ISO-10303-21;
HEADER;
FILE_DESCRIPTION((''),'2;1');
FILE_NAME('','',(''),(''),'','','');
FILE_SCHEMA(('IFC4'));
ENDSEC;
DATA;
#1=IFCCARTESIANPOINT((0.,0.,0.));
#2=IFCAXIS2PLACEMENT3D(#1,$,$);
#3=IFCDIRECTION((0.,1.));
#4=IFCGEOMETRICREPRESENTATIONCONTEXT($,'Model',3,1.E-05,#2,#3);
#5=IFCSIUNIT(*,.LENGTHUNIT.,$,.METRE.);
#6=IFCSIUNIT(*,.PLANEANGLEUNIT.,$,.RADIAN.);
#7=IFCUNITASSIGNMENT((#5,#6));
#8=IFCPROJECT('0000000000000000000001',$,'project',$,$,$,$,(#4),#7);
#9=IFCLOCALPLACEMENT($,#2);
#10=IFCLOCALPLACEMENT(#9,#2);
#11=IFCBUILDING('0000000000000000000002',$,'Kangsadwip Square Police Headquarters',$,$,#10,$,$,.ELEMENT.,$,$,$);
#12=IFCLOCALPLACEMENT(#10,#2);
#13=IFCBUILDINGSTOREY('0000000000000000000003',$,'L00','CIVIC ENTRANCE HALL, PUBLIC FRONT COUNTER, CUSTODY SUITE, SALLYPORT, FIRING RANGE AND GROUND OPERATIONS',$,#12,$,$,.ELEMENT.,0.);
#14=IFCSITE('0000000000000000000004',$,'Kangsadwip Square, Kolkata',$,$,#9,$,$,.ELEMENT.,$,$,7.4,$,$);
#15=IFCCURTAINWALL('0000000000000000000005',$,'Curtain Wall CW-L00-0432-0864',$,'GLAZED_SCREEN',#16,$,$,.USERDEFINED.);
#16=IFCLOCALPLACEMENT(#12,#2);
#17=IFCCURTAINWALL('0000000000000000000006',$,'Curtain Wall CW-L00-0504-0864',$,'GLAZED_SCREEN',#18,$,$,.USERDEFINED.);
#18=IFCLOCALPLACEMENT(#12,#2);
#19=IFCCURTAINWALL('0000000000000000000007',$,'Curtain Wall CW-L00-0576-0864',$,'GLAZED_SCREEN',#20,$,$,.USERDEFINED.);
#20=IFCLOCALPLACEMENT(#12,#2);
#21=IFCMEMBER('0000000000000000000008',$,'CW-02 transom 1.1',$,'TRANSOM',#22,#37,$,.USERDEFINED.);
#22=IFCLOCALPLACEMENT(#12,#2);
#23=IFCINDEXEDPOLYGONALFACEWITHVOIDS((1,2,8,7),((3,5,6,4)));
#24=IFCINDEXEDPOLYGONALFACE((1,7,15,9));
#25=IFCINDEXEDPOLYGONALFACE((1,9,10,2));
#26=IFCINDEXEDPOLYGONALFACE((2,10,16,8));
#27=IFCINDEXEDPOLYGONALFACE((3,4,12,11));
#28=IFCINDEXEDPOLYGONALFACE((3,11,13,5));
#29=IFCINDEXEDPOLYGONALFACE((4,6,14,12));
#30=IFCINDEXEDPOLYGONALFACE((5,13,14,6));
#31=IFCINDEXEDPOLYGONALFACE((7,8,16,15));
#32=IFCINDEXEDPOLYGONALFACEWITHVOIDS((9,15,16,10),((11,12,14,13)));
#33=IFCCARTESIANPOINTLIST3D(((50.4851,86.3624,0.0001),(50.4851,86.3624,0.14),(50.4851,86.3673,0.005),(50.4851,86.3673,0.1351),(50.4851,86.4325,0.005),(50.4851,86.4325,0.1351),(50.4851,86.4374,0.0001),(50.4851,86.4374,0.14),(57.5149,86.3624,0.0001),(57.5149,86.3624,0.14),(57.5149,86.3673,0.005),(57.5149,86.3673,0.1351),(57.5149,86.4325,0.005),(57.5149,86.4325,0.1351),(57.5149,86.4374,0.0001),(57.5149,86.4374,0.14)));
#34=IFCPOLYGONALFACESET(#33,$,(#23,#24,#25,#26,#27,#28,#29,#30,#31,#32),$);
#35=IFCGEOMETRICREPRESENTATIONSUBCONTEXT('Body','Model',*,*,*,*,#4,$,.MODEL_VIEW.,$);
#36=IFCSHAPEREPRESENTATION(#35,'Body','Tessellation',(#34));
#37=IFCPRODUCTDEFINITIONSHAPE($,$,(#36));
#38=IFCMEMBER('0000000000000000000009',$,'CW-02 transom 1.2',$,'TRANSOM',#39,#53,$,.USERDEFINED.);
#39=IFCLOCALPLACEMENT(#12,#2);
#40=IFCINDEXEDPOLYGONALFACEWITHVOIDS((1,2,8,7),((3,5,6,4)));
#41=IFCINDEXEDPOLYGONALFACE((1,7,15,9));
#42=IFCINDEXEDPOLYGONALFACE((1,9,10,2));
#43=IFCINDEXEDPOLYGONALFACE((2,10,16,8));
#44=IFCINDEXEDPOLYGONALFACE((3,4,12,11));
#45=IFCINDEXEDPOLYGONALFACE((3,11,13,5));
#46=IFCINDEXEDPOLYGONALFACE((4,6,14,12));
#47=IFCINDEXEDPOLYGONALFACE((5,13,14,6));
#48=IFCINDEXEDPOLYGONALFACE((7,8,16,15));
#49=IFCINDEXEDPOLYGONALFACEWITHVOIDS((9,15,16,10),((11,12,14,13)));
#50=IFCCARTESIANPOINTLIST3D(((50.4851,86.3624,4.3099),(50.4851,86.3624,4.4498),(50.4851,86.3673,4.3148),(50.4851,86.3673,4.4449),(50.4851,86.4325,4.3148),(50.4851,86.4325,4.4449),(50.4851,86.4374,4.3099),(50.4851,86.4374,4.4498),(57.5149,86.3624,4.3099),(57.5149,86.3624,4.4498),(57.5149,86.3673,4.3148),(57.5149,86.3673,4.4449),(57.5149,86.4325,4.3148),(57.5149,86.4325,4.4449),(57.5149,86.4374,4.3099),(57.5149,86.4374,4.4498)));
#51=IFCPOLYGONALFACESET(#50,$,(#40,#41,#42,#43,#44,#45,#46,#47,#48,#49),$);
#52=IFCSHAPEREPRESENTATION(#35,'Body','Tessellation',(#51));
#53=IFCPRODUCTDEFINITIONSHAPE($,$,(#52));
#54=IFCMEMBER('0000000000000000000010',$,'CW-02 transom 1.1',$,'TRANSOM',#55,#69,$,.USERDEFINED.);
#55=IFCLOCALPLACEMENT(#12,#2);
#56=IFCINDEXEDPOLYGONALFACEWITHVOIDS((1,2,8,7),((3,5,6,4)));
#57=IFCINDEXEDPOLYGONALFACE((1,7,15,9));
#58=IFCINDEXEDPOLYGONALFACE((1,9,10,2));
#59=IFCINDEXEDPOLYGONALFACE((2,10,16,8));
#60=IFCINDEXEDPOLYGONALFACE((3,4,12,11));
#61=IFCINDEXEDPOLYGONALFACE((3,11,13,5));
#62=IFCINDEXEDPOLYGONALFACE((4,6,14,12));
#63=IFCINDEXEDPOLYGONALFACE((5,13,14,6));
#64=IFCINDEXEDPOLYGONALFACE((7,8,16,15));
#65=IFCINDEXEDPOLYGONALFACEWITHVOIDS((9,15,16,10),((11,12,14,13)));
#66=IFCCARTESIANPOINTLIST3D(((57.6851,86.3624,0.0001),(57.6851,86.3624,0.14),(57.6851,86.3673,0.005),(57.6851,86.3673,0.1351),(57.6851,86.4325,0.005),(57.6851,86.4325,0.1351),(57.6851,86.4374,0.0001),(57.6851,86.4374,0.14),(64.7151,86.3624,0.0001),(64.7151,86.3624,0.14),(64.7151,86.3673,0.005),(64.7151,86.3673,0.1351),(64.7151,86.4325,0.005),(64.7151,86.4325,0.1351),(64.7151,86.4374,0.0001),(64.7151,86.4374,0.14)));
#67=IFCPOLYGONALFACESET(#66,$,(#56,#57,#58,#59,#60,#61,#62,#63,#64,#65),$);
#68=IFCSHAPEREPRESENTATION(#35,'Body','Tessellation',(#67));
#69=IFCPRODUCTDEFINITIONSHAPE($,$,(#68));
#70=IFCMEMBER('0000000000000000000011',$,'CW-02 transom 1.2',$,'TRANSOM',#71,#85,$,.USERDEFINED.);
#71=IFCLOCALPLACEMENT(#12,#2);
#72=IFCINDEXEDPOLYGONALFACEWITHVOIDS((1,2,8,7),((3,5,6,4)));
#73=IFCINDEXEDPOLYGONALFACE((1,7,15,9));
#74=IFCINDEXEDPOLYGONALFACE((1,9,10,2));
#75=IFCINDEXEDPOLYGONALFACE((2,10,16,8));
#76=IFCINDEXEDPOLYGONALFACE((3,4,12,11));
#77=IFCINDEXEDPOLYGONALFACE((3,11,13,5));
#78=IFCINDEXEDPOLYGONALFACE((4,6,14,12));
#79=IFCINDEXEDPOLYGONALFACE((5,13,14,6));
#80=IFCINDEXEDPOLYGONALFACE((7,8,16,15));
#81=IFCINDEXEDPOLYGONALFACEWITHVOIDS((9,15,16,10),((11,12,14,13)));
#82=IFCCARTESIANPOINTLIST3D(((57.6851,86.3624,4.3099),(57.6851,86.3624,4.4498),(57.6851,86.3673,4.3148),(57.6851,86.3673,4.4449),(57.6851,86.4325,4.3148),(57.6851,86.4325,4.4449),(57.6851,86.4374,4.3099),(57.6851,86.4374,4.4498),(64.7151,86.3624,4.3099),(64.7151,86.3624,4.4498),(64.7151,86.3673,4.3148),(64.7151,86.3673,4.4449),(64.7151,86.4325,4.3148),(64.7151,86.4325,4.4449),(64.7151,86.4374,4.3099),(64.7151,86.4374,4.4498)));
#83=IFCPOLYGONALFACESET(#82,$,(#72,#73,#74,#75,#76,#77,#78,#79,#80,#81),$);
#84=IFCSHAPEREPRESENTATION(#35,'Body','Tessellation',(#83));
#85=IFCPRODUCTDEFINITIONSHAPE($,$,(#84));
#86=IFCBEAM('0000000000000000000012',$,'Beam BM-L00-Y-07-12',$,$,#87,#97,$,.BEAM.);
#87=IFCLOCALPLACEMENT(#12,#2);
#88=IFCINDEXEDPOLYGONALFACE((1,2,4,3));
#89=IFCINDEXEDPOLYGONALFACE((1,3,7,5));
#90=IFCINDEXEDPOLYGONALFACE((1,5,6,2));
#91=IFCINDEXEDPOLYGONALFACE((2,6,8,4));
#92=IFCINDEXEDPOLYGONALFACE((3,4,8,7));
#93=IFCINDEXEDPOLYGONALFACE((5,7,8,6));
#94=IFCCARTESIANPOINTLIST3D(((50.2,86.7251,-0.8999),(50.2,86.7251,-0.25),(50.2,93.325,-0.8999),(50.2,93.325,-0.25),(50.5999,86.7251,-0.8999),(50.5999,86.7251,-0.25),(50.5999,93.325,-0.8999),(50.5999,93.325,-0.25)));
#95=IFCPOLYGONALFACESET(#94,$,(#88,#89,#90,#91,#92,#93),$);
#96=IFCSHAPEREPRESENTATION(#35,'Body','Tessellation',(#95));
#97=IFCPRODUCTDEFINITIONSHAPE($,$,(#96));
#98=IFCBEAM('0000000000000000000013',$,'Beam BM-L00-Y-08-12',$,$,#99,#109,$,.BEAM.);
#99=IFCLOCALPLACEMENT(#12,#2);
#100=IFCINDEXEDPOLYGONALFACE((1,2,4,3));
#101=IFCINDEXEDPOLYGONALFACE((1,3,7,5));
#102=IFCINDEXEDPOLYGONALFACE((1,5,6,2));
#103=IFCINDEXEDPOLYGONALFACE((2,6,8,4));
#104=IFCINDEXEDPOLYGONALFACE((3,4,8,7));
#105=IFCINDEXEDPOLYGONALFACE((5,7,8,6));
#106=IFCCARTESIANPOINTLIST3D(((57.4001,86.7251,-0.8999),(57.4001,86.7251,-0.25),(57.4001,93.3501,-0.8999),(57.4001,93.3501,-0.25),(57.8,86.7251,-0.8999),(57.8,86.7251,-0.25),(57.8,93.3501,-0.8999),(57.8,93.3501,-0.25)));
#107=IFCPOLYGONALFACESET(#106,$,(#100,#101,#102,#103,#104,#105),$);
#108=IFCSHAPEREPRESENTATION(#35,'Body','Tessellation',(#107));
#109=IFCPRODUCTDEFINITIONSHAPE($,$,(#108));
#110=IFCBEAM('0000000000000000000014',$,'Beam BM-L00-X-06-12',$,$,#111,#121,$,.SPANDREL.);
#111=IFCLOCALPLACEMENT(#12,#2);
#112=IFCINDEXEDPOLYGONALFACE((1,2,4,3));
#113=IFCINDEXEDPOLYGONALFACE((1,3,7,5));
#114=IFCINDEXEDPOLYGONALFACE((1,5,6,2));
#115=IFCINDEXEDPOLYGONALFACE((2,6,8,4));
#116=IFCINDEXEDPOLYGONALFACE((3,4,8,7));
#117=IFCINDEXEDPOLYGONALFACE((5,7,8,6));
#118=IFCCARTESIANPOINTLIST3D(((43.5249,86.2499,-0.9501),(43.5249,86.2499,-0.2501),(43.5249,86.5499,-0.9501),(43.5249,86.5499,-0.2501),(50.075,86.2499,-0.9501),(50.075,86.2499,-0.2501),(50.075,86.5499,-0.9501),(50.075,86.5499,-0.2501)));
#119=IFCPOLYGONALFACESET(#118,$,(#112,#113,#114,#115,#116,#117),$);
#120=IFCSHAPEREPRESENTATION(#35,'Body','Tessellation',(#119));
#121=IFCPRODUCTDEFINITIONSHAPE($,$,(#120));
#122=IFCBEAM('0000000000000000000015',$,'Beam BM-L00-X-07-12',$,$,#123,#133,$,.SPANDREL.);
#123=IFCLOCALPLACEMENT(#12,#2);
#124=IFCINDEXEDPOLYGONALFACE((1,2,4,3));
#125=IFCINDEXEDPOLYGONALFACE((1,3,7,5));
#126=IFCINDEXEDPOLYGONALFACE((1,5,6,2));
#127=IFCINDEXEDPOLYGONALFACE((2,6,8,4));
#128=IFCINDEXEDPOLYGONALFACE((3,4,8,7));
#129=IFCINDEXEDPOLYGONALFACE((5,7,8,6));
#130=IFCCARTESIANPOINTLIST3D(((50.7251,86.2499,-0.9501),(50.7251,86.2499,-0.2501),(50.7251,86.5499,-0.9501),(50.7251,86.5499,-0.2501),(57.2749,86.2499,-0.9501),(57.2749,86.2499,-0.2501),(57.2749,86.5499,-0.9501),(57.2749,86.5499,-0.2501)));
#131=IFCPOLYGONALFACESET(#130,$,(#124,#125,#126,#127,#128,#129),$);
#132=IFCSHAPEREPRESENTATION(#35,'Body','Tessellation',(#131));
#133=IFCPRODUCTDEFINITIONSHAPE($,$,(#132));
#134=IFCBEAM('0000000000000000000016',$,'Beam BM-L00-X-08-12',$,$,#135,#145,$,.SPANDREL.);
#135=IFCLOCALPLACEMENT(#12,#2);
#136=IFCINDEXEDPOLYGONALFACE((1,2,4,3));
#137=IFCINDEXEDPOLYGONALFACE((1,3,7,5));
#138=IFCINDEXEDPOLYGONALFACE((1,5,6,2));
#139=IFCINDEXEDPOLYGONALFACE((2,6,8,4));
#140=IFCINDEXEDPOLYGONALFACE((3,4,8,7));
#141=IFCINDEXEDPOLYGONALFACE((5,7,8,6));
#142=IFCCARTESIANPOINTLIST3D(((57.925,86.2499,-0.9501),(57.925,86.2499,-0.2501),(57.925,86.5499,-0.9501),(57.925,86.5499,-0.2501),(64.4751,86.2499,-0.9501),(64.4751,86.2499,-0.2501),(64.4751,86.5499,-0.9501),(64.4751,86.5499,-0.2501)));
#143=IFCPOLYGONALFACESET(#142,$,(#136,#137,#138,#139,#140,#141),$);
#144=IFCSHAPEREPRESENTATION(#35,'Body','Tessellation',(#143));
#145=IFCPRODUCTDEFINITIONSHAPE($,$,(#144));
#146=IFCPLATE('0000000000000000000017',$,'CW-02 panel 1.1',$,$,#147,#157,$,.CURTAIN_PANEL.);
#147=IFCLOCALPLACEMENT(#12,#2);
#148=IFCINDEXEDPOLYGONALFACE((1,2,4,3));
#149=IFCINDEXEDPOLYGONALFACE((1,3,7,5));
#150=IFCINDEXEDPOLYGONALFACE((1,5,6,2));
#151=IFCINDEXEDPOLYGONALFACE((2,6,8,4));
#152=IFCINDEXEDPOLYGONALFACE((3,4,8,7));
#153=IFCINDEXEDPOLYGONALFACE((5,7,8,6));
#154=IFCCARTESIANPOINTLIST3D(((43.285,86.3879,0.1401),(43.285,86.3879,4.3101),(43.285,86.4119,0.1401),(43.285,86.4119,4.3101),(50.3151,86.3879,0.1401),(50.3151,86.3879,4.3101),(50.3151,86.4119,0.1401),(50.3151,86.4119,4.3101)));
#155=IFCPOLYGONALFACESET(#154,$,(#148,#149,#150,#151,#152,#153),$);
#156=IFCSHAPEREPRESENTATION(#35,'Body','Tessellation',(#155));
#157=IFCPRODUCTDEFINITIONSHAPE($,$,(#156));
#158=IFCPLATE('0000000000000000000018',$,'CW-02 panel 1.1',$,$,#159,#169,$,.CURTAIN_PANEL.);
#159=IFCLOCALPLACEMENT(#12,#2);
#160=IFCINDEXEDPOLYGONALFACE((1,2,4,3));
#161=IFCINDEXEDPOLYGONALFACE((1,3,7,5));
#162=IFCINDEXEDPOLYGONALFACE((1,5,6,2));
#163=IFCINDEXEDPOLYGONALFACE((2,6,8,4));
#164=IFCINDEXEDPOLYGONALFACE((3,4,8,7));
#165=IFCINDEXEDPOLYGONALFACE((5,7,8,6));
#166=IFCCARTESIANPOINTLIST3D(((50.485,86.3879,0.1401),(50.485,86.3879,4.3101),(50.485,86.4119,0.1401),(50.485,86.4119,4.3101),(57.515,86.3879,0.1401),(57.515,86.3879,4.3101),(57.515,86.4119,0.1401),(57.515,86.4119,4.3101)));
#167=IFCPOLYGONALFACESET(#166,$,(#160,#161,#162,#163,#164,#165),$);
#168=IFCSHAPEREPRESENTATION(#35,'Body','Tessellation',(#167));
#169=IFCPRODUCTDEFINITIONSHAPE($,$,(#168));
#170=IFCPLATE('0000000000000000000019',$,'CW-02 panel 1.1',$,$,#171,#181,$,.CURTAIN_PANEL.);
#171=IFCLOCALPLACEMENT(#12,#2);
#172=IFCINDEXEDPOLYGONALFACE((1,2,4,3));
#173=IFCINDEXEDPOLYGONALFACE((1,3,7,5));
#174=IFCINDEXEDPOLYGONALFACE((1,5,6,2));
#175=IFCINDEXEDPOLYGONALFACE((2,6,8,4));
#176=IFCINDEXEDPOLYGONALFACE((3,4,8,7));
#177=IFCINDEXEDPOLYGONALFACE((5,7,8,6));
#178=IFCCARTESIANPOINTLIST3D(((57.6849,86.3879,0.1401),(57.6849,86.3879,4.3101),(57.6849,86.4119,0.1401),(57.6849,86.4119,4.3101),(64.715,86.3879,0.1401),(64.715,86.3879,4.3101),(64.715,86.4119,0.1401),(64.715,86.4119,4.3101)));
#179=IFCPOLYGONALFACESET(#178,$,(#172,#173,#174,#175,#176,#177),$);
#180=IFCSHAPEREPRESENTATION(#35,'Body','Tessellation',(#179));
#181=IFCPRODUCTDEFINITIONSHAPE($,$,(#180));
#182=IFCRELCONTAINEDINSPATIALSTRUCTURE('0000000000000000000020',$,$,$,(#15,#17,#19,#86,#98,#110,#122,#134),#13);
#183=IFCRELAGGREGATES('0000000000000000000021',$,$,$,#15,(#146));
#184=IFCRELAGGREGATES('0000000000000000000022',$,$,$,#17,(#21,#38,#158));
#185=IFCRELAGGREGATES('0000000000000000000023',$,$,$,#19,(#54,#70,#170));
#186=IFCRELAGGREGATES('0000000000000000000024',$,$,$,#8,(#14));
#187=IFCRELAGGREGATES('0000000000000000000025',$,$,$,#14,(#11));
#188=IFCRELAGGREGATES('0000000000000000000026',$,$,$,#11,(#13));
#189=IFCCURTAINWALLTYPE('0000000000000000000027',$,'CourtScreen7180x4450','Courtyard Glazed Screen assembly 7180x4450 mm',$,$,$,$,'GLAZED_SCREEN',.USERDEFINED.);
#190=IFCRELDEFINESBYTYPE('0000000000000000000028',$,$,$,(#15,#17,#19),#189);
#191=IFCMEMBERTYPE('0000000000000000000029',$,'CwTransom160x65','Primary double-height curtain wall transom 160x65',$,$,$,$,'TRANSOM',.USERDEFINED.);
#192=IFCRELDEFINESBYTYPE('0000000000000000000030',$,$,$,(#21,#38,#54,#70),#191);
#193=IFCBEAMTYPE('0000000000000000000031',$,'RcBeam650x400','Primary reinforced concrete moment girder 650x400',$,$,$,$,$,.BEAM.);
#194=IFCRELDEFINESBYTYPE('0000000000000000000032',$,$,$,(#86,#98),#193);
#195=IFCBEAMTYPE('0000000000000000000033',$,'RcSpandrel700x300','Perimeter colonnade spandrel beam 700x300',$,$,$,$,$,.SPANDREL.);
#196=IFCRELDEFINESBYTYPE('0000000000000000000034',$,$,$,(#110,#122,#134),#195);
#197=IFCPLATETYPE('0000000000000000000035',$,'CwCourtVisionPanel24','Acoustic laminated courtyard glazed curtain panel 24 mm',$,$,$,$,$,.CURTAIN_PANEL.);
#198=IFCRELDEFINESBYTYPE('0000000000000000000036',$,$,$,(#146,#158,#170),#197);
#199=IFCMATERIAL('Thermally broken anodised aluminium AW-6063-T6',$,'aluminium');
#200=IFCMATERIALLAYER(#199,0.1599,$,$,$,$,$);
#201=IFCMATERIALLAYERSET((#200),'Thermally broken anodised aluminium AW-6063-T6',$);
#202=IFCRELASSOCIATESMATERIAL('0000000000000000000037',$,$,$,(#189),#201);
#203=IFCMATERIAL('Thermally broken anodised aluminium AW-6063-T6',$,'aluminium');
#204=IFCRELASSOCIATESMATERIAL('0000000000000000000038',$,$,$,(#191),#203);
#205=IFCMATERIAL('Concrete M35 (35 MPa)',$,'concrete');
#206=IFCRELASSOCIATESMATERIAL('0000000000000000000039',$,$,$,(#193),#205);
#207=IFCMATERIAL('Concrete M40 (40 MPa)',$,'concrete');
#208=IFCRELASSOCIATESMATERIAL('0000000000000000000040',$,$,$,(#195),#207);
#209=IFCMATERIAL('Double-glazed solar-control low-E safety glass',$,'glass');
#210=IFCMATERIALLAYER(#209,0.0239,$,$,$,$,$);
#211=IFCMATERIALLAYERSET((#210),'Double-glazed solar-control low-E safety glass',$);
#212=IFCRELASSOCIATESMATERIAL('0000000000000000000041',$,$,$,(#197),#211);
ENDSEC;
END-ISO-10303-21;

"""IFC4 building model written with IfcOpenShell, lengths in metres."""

from ifc_helpers import new_model, si_unit, direction, frame, origin, origin_2d, place, context, subcontext, project, spatial, rectangle, hollow_rectangle, extrude, material, layer, layer_set, material_profile, profile_set, type_object, element, aggregate, save


model = new_model("IFC4")

# Units and contexts
model_context = context("Model", 3, precision=1e-05, world=origin(), true_north=direction((0.0, 1.0)))
body_context = subcontext(model_context, "Body", "Model", "MODEL_VIEW")
ifc_project = project(units=[si_unit("LENGTHUNIT", "METRE"), si_unit("PLANEANGLEUNIT", "RADIAN")], contexts=[model_context])

# Site, building, storey
site_placement = place(None, origin())
site = spatial("IfcSite", under=ifc_project, at=site_placement, Name="Kangsadwip Square, Kolkata", CompositionType="ELEMENT", RefElevation=7.4)
building_placement = place(site_placement, origin())
building = spatial("IfcBuilding", under=site, at=building_placement, Name="Kangsadwip Square Police Headquarters", CompositionType="ELEMENT")
storey_placement = place(building_placement, origin())
storey = spatial("IfcBuildingStorey", under=building, at=storey_placement, Name="L00", Description="CIVIC ENTRANCE HALL, PUBLIC FRONT COUNTER, CUSTODY SUITE, SALLYPORT, FIRING RANGE AND GROUND OPERATIONS", CompositionType="ELEMENT", Elevation=0.0)

# Curtain wall
ifc_material_1 = material(Name="Thermally broken anodised aluminium AW-6063-T6", Category="aluminium")
ifc_layer_1 = layer(ifc_material_1, 0.1599)
ifc_layer_set_1 = layer_set([ifc_layer_1], Name="Thermally broken anodised aluminium AW-6063-T6")
curtain_wall_type = type_object("IfcCurtainWallType", Name="CourtScreen7180x4450", Description="Courtyard Glazed Screen assembly 7180x4450 mm", ElementType="GLAZED_SCREEN", PredefinedType="USERDEFINED", material=ifc_layer_set_1)
curtain_wall_1_placement = place(storey_placement, origin())
curtain_wall_1 = element("IfcCurtainWall", 1, at=curtain_wall_1_placement, inside=storey, type_object=curtain_wall_type, Name="Curtain Wall CW-L00-0432-0864", ObjectType="GLAZED_SCREEN", PredefinedType="USERDEFINED")

# Curtain walls
curtain_wall_2_placement = place(storey_placement, origin())
curtain_wall_2 = element("IfcCurtainWall", 2, at=curtain_wall_2_placement, inside=storey, type_object=curtain_wall_type, Name="Curtain Wall CW-L00-0504-0864", ObjectType="GLAZED_SCREEN", PredefinedType="USERDEFINED")
curtain_wall_3_placement = place(storey_placement, origin())
curtain_wall_3 = element("IfcCurtainWall", 3, at=curtain_wall_3_placement, inside=storey, type_object=curtain_wall_type, Name="Curtain Wall CW-L00-0576-0864", ObjectType="GLAZED_SCREEN", PredefinedType="USERDEFINED")

# Members
ifc_material_2 = material(Name="Thermally broken anodised aluminium AW-6063-T6", Category="aluminium")
ifc_material_profile_1 = material_profile(ifc_material_2, hollow_rectangle(XDim=0.075, YDim=0.1399, WallThickness=0.0049, at=origin_2d()), Name="CWT 140X75X5")
ifc_profile_set_1 = profile_set([ifc_material_profile_1], Name="Thermally broken anodised aluminium AW-6063-T6")
member_type_1 = type_object("IfcMemberType", Name="CwTransom160x65", Description="Primary double-height curtain wall transom 160x65", ElementType="TRANSOM", PredefinedType="USERDEFINED", material=ifc_profile_set_1)
member_1_placement = place(storey_placement, frame((50.4851, 86.3999, 0.0701), z_axis=(1.0, 0.0, 0.0), x_axis=(0.0, 1.0, 0.0)))
member_1 = element("IfcMember", 4, at=member_1_placement, type_object=member_type_1, Name="CW-02 transom 1.1", ObjectType="TRANSOM", PredefinedType="USERDEFINED", context=body_context, shape_type="SweptSolid", body=[
    extrude(hollow_rectangle(XDim=0.075, YDim=0.1399, WallThickness=0.0049, at=origin_2d()), origin(), (0.0, 0.0, 1.0), 7.0298),
])
member_2_placement = place(storey_placement, frame((50.4851, 86.3999, 4.3799), z_axis=(1.0, 0.0, 0.0), x_axis=(0.0, 1.0, 0.0)))
member_2 = element("IfcMember", 5, at=member_2_placement, type_object=member_type_1, Name="CW-02 transom 1.2", ObjectType="TRANSOM", PredefinedType="USERDEFINED", context=body_context, shape_type="SweptSolid", body=[
    extrude(hollow_rectangle(XDim=0.075, YDim=0.1399, WallThickness=0.0049, at=origin_2d()), origin(), (0.0, 0.0, 1.0), 7.0298),
])
member_3_placement = place(storey_placement, frame((57.6851, 86.3999, 0.0701), z_axis=(1.0, 0.0, 0.0), x_axis=(0.0, 1.0, 0.0)))
member_3 = element("IfcMember", 6, at=member_3_placement, type_object=member_type_1, Name="CW-02 transom 1.1", ObjectType="TRANSOM", PredefinedType="USERDEFINED", context=body_context, shape_type="SweptSolid", body=[
    extrude(hollow_rectangle(XDim=0.075, YDim=0.1399, WallThickness=0.0049, at=origin_2d()), origin(), (0.0, 0.0, 1.0), 7.03),
])
member_4_placement = place(storey_placement, frame((57.6851, 86.3999, 4.3799), z_axis=(1.0, 0.0, 0.0), x_axis=(0.0, 1.0, 0.0)))
member_4 = element("IfcMember", 7, at=member_4_placement, type_object=member_type_1, Name="CW-02 transom 1.2", ObjectType="TRANSOM", PredefinedType="USERDEFINED", context=body_context, shape_type="SweptSolid", body=[
    extrude(hollow_rectangle(XDim=0.075, YDim=0.1399, WallThickness=0.0049, at=origin_2d()), origin(), (0.0, 0.0, 1.0), 7.03),
])

# Beams
ifc_material_3 = material(Name="Concrete M35 (35 MPa)", Category="concrete")
ifc_material_profile_2 = material_profile(ifc_material_3, rectangle(XDim=0.3999, YDim=0.6499, at=origin_2d()), Name="RC BM 650X400")
ifc_profile_set_2 = profile_set([ifc_material_profile_2], Name="Concrete M35 (35 MPa)")
beam_type_1 = type_object("IfcBeamType", Name="RcBeam650x400", Description="Primary reinforced concrete moment girder 650x400", PredefinedType="BEAM", material=ifc_profile_set_2)
beam_1_placement = place(storey_placement, frame((50.3999, 86.7251, -0.575), z_axis=(0.0, 1.0, 0.0), x_axis=(-1.0, 0.0, 0.0)))
element("IfcBeam", 8, at=beam_1_placement, inside=storey, type_object=beam_type_1, Name="Beam BM-L00-Y-07-12", PredefinedType="BEAM", context=body_context, shape_type="SweptSolid", body=[
    extrude(rectangle(XDim=0.3999, YDim=0.6499, at=origin_2d()), origin(), (0.0, 0.0, 1.0), 6.5999),
])
beam_2_placement = place(storey_placement, frame((57.6001, 86.7251, -0.575), z_axis=(0.0, 1.0, 0.0), x_axis=(-1.0, 0.0, 0.0)))
element("IfcBeam", 9, at=beam_2_placement, inside=storey, type_object=beam_type_1, Name="Beam BM-L00-Y-08-12", PredefinedType="BEAM", context=body_context, shape_type="SweptSolid", body=[
    extrude(rectangle(XDim=0.3999, YDim=0.6499, at=origin_2d()), origin(), (0.0, 0.0, 1.0), 6.625),
])
ifc_material_4 = material(Name="Concrete M40 (40 MPa)", Category="concrete")
ifc_material_profile_3 = material_profile(ifc_material_4, rectangle(XDim=0.3, YDim=0.7, at=origin_2d()), Name="RC SPN 700X300")
ifc_profile_set_3 = profile_set([ifc_material_profile_3], Name="Concrete M40 (40 MPa)")
beam_type_2 = type_object("IfcBeamType", Name="RcSpandrel700x300", Description="Perimeter colonnade spandrel beam 700x300", PredefinedType="SPANDREL", material=ifc_profile_set_3)
beam_3_placement = place(storey_placement, frame((43.5249, 86.3999, -0.6001), z_axis=(1.0, 0.0, 0.0), x_axis=(0.0, 1.0, 0.0)))
element("IfcBeam", 10, at=beam_3_placement, inside=storey, type_object=beam_type_2, Name="Beam BM-L00-X-06-12", PredefinedType="SPANDREL", context=body_context, shape_type="SweptSolid", body=[
    extrude(rectangle(XDim=0.3, YDim=0.7, at=origin_2d()), origin(), (0.0, 0.0, 1.0), 6.55),
])
beam_4_placement = place(storey_placement, frame((50.7251, 86.3999, -0.6001), z_axis=(1.0, 0.0, 0.0), x_axis=(0.0, 1.0, 0.0)))
element("IfcBeam", 11, at=beam_4_placement, inside=storey, type_object=beam_type_2, Name="Beam BM-L00-X-07-12", PredefinedType="SPANDREL", context=body_context, shape_type="SweptSolid", body=[
    extrude(rectangle(XDim=0.3, YDim=0.7, at=origin_2d()), origin(), (0.0, 0.0, 1.0), 6.5498),
])
beam_5_placement = place(storey_placement, frame((57.925, 86.3999, -0.6001), z_axis=(1.0, 0.0, 0.0), x_axis=(0.0, 1.0, 0.0)))
element("IfcBeam", 12, at=beam_5_placement, inside=storey, type_object=beam_type_2, Name="Beam BM-L00-X-08-12", PredefinedType="SPANDREL", context=body_context, shape_type="SweptSolid", body=[
    extrude(rectangle(XDim=0.3, YDim=0.7, at=origin_2d()), origin(), (0.0, 0.0, 1.0), 6.55),
])

# Plates
ifc_material_5 = material(Name="Double-glazed solar-control low-E safety glass", Category="glass")
ifc_layer_2 = layer(ifc_material_5, 0.0239)
ifc_layer_set_2 = layer_set([ifc_layer_2], Name="Double-glazed solar-control low-E safety glass")
plate_type = type_object("IfcPlateType", Name="CwCourtVisionPanel24", Description="Acoustic laminated courtyard glazed curtain panel 24 mm", PredefinedType="CURTAIN_PANEL", material=ifc_layer_set_2)
plate_1_placement = place(storey_placement, frame((46.8, 86.3999, 0.1401), z_axis=(0.0, 0.0, 1.0), x_axis=(1.0, 0.0, 0.0)))
plate_1 = element("IfcPlate", 13, at=plate_1_placement, type_object=plate_type, Name="CW-02 panel 1.1", PredefinedType="CURTAIN_PANEL", context=body_context, shape_type="SweptSolid", body=[
    extrude(rectangle(XDim=7.03, YDim=0.0239, at=origin_2d()), origin(), (0.0, 0.0, 1.0), 4.1699),
])
aggregate(curtain_wall_1, [plate_1])
plate_2_placement = place(storey_placement, frame((54.0, 86.3999, 0.1401), z_axis=(0.0, 0.0, 1.0), x_axis=(1.0, 0.0, 0.0)))
plate_2 = element("IfcPlate", 14, at=plate_2_placement, type_object=plate_type, Name="CW-02 panel 1.1", PredefinedType="CURTAIN_PANEL", context=body_context, shape_type="SweptSolid", body=[
    extrude(rectangle(XDim=7.03, YDim=0.0239, at=origin_2d()), origin(), (0.0, 0.0, 1.0), 4.1699),
])
aggregate(curtain_wall_2, [member_1, member_2, plate_2])
plate_3_placement = place(storey_placement, frame((61.2, 86.3999, 0.1401), z_axis=(0.0, 0.0, 1.0), x_axis=(1.0, 0.0, 0.0)))
plate_3 = element("IfcPlate", 15, at=plate_3_placement, type_object=plate_type, Name="CW-02 panel 1.1", PredefinedType="CURTAIN_PANEL", context=body_context, shape_type="SweptSolid", body=[
    extrude(rectangle(XDim=7.03, YDim=0.0239, at=origin_2d()), origin(), (0.0, 0.0, 1.0), 4.1699),
])
aggregate(curtain_wall_3, [member_3, member_4, plate_3])

save(model, "model.ifc")
